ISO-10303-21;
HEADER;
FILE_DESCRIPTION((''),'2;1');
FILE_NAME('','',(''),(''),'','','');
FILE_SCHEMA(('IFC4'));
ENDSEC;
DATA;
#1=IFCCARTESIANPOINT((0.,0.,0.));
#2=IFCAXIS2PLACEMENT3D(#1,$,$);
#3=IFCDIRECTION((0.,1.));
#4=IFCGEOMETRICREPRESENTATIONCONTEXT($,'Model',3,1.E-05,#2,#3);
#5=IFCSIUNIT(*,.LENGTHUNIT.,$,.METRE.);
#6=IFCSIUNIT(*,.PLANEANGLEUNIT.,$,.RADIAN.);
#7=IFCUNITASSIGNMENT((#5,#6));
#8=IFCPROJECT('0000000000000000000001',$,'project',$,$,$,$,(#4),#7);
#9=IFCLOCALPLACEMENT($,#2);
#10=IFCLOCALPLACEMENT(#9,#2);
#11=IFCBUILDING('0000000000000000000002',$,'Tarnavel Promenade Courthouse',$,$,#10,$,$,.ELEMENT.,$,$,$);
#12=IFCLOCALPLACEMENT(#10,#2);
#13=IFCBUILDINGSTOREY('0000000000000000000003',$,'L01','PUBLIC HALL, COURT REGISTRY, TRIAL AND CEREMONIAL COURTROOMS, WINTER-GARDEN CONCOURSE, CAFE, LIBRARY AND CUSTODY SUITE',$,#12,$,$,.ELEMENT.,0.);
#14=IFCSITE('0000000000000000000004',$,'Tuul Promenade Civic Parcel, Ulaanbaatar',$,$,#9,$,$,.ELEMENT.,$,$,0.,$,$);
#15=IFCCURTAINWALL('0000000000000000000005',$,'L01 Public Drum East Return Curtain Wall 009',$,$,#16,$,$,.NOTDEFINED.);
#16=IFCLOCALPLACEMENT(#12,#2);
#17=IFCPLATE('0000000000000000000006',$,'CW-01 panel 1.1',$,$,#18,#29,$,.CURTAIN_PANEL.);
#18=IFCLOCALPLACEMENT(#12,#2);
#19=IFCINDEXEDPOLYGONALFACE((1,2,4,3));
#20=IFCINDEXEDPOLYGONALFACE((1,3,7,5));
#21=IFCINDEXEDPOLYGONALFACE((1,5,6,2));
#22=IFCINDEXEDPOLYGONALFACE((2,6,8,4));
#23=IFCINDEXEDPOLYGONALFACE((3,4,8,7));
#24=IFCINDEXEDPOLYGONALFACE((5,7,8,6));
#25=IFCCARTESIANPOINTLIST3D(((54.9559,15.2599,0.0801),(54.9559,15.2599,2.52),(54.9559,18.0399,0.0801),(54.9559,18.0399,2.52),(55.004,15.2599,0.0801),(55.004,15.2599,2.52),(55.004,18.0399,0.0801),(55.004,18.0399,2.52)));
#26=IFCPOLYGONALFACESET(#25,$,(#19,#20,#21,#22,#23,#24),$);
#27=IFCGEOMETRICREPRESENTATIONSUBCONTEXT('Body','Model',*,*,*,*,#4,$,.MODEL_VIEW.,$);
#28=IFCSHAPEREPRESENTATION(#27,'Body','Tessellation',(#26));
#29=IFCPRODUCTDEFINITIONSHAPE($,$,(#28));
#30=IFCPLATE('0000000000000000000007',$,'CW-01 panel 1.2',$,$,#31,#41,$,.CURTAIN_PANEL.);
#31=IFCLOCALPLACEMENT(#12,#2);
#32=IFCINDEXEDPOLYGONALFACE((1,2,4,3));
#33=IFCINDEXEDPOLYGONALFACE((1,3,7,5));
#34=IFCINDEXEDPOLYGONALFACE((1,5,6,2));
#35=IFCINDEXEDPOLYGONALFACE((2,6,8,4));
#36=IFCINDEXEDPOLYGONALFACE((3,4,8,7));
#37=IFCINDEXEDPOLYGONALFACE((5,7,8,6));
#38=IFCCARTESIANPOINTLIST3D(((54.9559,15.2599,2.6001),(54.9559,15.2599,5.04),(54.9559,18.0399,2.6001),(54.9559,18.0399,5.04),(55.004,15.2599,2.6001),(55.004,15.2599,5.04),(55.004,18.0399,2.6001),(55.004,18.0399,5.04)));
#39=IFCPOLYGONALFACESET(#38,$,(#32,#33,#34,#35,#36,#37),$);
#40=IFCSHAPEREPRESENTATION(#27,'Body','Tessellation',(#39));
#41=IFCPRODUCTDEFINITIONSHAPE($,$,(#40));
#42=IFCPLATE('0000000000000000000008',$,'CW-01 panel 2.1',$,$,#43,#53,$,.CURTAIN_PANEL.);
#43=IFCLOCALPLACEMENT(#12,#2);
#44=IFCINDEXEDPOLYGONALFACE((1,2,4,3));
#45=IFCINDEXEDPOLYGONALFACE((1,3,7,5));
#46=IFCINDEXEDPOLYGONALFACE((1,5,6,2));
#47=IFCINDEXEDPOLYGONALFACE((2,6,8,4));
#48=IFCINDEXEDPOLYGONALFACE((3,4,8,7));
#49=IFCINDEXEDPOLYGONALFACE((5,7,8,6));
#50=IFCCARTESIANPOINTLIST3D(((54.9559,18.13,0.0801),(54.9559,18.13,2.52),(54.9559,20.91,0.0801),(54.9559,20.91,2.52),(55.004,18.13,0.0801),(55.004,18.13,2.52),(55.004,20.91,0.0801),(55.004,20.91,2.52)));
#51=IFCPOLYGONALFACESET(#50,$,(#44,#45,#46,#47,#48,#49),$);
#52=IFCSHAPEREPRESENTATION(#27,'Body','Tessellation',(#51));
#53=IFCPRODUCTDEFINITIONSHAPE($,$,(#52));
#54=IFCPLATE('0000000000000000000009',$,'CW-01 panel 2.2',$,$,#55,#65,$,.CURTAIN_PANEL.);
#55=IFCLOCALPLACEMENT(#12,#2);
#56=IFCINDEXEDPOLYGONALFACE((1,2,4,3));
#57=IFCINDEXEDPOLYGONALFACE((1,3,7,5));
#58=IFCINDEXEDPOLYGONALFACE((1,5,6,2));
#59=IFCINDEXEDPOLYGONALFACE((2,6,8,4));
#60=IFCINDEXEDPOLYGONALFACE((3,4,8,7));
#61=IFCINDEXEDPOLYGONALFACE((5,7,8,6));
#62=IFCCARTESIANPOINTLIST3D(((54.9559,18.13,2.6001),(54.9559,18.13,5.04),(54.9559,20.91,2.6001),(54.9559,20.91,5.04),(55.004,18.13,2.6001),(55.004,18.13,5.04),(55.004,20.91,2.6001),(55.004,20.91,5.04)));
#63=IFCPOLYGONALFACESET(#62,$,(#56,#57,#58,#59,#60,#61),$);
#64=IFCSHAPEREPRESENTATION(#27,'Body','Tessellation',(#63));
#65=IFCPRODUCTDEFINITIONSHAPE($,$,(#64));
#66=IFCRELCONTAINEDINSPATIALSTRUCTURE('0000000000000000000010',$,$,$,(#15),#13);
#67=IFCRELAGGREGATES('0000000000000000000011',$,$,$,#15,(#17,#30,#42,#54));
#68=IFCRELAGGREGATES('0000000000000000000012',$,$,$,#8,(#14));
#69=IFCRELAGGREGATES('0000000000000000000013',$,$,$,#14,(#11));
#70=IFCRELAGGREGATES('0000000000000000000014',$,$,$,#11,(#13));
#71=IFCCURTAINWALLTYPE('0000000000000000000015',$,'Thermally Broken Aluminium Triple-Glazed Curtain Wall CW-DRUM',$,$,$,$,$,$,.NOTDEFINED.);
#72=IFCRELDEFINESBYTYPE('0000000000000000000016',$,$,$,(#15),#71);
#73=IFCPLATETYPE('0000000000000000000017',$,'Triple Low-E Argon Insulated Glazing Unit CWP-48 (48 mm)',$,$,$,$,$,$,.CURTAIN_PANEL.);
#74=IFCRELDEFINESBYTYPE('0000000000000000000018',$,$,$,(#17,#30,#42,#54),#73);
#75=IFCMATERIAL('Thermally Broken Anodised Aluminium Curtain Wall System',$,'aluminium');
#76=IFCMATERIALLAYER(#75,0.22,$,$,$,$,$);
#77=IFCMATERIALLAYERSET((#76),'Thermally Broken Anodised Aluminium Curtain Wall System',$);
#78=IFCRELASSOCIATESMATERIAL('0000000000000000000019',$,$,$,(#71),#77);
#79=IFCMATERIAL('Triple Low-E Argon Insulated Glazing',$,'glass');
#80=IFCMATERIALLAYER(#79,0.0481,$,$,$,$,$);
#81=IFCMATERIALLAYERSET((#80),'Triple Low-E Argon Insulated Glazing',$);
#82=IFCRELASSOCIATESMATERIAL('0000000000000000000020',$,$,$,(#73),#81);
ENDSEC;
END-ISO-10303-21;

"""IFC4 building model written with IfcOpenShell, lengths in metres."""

from ifc_helpers import new_model, si_unit, direction, frame, origin, origin_2d, place, context, subcontext, project, spatial, rectangle, extrude, material, layer, layer_set, type_object, element, aggregate, save


model = new_model("IFC4")

# Units and contexts
model_context = context("Model", 3, precision=1e-05, world=origin(), true_north=direction((0.0, 1.0)))
body_context = subcontext(model_context, "Body", "Model", "MODEL_VIEW")
ifc_project = project(units=[si_unit("LENGTHUNIT", "METRE"), si_unit("PLANEANGLEUNIT", "RADIAN")], contexts=[model_context])

# Site, building, storey
site_placement = place(None, origin())
site = spatial("IfcSite", under=ifc_project, at=site_placement, Name="Tuul Promenade Civic Parcel, Ulaanbaatar", CompositionType="ELEMENT", RefElevation=0.0)
building_placement = place(site_placement, origin())
building = spatial("IfcBuilding", under=site, at=building_placement, Name="Tarnavel Promenade Courthouse", CompositionType="ELEMENT")
storey_placement = place(building_placement, origin())
storey = spatial("IfcBuildingStorey", under=building, at=storey_placement, Name="L01", Description="PUBLIC HALL, COURT REGISTRY, TRIAL AND CEREMONIAL COURTROOMS, WINTER-GARDEN CONCOURSE, CAFE, LIBRARY AND CUSTODY SUITE", CompositionType="ELEMENT", Elevation=0.0)

# Curtain wall
ifc_material_1 = material(Name="Thermally Broken Anodised Aluminium Curtain Wall System", Category="aluminium")
ifc_layer_1 = layer(ifc_material_1, 0.22)
ifc_layer_set_1 = layer_set([ifc_layer_1], Name="Thermally Broken Anodised Aluminium Curtain Wall System")
curtain_wall_type = type_object("IfcCurtainWallType", Name="Thermally Broken Aluminium Triple-Glazed Curtain Wall CW-DRUM", PredefinedType="NOTDEFINED", material=ifc_layer_set_1)
curtain_wall_1_placement = place(storey_placement, origin())
curtain_wall_1 = element("IfcCurtainWall", 1, at=curtain_wall_1_placement, inside=storey, type_object=curtain_wall_type, Name="L01 Public Drum East Return Curtain Wall 009", PredefinedType="NOTDEFINED")

# Plates
ifc_material_2 = material(Name="Triple Low-E Argon Insulated Glazing", Category="glass")
ifc_layer_2 = layer(ifc_material_2, 0.0481)
ifc_layer_set_2 = layer_set([ifc_layer_2], Name="Triple Low-E Argon Insulated Glazing")
plate_type = type_object("IfcPlateType", Name="Triple Low-E Argon Insulated Glazing Unit CWP-48 (48 mm)", PredefinedType="CURTAIN_PANEL", material=ifc_layer_set_2)
plate_1_placement = place(storey_placement, frame((54.98, 16.6499, 0.0801), z_axis=(0.0, 0.0, 1.0), x_axis=(0.0, 1.0, 0.0)))
plate_1 = element("IfcPlate", 2, at=plate_1_placement, type_object=plate_type, Name="CW-01 panel 1.1", PredefinedType="CURTAIN_PANEL", context=body_context, shape_type="SweptSolid", body=[
    extrude(rectangle(XDim=2.78, YDim=0.0481, at=origin_2d()), origin(), (0.0, 0.0, 1.0), 2.4399),
])
plate_2_placement = place(storey_placement, frame((54.98, 16.6499, 2.6001), z_axis=(0.0, 0.0, 1.0), x_axis=(0.0, 1.0, 0.0)))
plate_2 = element("IfcPlate", 3, at=plate_2_placement, type_object=plate_type, Name="CW-01 panel 1.2", PredefinedType="CURTAIN_PANEL", context=body_context, shape_type="SweptSolid", body=[
    extrude(rectangle(XDim=2.78, YDim=0.0481, at=origin_2d()), origin(), (0.0, 0.0, 1.0), 2.4399),
])
plate_3_placement = place(storey_placement, frame((54.98, 19.52, 0.0801), z_axis=(0.0, 0.0, 1.0), x_axis=(0.0, 1.0, 0.0)))
plate_3 = element("IfcPlate", 4, at=plate_3_placement, type_object=plate_type, Name="CW-01 panel 2.1", PredefinedType="CURTAIN_PANEL", context=body_context, shape_type="SweptSolid", body=[
    extrude(rectangle(XDim=2.78, YDim=0.0481, at=origin_2d()), origin(), (0.0, 0.0, 1.0), 2.4399),
])
plate_4_placement = place(storey_placement, frame((54.98, 19.52, 2.6001), z_axis=(0.0, 0.0, 1.0), x_axis=(0.0, 1.0, 0.0)))
plate_4 = element("IfcPlate", 5, at=plate_4_placement, type_object=plate_type, Name="CW-01 panel 2.2", PredefinedType="CURTAIN_PANEL", context=body_context, shape_type="SweptSolid", body=[
    extrude(rectangle(XDim=2.78, YDim=0.0481, at=origin_2d()), origin(), (0.0, 0.0, 1.0), 2.4399),
])
aggregate(curtain_wall_1, [plate_1, plate_2, plate_3, plate_4])

save(model, "model.ifc")
